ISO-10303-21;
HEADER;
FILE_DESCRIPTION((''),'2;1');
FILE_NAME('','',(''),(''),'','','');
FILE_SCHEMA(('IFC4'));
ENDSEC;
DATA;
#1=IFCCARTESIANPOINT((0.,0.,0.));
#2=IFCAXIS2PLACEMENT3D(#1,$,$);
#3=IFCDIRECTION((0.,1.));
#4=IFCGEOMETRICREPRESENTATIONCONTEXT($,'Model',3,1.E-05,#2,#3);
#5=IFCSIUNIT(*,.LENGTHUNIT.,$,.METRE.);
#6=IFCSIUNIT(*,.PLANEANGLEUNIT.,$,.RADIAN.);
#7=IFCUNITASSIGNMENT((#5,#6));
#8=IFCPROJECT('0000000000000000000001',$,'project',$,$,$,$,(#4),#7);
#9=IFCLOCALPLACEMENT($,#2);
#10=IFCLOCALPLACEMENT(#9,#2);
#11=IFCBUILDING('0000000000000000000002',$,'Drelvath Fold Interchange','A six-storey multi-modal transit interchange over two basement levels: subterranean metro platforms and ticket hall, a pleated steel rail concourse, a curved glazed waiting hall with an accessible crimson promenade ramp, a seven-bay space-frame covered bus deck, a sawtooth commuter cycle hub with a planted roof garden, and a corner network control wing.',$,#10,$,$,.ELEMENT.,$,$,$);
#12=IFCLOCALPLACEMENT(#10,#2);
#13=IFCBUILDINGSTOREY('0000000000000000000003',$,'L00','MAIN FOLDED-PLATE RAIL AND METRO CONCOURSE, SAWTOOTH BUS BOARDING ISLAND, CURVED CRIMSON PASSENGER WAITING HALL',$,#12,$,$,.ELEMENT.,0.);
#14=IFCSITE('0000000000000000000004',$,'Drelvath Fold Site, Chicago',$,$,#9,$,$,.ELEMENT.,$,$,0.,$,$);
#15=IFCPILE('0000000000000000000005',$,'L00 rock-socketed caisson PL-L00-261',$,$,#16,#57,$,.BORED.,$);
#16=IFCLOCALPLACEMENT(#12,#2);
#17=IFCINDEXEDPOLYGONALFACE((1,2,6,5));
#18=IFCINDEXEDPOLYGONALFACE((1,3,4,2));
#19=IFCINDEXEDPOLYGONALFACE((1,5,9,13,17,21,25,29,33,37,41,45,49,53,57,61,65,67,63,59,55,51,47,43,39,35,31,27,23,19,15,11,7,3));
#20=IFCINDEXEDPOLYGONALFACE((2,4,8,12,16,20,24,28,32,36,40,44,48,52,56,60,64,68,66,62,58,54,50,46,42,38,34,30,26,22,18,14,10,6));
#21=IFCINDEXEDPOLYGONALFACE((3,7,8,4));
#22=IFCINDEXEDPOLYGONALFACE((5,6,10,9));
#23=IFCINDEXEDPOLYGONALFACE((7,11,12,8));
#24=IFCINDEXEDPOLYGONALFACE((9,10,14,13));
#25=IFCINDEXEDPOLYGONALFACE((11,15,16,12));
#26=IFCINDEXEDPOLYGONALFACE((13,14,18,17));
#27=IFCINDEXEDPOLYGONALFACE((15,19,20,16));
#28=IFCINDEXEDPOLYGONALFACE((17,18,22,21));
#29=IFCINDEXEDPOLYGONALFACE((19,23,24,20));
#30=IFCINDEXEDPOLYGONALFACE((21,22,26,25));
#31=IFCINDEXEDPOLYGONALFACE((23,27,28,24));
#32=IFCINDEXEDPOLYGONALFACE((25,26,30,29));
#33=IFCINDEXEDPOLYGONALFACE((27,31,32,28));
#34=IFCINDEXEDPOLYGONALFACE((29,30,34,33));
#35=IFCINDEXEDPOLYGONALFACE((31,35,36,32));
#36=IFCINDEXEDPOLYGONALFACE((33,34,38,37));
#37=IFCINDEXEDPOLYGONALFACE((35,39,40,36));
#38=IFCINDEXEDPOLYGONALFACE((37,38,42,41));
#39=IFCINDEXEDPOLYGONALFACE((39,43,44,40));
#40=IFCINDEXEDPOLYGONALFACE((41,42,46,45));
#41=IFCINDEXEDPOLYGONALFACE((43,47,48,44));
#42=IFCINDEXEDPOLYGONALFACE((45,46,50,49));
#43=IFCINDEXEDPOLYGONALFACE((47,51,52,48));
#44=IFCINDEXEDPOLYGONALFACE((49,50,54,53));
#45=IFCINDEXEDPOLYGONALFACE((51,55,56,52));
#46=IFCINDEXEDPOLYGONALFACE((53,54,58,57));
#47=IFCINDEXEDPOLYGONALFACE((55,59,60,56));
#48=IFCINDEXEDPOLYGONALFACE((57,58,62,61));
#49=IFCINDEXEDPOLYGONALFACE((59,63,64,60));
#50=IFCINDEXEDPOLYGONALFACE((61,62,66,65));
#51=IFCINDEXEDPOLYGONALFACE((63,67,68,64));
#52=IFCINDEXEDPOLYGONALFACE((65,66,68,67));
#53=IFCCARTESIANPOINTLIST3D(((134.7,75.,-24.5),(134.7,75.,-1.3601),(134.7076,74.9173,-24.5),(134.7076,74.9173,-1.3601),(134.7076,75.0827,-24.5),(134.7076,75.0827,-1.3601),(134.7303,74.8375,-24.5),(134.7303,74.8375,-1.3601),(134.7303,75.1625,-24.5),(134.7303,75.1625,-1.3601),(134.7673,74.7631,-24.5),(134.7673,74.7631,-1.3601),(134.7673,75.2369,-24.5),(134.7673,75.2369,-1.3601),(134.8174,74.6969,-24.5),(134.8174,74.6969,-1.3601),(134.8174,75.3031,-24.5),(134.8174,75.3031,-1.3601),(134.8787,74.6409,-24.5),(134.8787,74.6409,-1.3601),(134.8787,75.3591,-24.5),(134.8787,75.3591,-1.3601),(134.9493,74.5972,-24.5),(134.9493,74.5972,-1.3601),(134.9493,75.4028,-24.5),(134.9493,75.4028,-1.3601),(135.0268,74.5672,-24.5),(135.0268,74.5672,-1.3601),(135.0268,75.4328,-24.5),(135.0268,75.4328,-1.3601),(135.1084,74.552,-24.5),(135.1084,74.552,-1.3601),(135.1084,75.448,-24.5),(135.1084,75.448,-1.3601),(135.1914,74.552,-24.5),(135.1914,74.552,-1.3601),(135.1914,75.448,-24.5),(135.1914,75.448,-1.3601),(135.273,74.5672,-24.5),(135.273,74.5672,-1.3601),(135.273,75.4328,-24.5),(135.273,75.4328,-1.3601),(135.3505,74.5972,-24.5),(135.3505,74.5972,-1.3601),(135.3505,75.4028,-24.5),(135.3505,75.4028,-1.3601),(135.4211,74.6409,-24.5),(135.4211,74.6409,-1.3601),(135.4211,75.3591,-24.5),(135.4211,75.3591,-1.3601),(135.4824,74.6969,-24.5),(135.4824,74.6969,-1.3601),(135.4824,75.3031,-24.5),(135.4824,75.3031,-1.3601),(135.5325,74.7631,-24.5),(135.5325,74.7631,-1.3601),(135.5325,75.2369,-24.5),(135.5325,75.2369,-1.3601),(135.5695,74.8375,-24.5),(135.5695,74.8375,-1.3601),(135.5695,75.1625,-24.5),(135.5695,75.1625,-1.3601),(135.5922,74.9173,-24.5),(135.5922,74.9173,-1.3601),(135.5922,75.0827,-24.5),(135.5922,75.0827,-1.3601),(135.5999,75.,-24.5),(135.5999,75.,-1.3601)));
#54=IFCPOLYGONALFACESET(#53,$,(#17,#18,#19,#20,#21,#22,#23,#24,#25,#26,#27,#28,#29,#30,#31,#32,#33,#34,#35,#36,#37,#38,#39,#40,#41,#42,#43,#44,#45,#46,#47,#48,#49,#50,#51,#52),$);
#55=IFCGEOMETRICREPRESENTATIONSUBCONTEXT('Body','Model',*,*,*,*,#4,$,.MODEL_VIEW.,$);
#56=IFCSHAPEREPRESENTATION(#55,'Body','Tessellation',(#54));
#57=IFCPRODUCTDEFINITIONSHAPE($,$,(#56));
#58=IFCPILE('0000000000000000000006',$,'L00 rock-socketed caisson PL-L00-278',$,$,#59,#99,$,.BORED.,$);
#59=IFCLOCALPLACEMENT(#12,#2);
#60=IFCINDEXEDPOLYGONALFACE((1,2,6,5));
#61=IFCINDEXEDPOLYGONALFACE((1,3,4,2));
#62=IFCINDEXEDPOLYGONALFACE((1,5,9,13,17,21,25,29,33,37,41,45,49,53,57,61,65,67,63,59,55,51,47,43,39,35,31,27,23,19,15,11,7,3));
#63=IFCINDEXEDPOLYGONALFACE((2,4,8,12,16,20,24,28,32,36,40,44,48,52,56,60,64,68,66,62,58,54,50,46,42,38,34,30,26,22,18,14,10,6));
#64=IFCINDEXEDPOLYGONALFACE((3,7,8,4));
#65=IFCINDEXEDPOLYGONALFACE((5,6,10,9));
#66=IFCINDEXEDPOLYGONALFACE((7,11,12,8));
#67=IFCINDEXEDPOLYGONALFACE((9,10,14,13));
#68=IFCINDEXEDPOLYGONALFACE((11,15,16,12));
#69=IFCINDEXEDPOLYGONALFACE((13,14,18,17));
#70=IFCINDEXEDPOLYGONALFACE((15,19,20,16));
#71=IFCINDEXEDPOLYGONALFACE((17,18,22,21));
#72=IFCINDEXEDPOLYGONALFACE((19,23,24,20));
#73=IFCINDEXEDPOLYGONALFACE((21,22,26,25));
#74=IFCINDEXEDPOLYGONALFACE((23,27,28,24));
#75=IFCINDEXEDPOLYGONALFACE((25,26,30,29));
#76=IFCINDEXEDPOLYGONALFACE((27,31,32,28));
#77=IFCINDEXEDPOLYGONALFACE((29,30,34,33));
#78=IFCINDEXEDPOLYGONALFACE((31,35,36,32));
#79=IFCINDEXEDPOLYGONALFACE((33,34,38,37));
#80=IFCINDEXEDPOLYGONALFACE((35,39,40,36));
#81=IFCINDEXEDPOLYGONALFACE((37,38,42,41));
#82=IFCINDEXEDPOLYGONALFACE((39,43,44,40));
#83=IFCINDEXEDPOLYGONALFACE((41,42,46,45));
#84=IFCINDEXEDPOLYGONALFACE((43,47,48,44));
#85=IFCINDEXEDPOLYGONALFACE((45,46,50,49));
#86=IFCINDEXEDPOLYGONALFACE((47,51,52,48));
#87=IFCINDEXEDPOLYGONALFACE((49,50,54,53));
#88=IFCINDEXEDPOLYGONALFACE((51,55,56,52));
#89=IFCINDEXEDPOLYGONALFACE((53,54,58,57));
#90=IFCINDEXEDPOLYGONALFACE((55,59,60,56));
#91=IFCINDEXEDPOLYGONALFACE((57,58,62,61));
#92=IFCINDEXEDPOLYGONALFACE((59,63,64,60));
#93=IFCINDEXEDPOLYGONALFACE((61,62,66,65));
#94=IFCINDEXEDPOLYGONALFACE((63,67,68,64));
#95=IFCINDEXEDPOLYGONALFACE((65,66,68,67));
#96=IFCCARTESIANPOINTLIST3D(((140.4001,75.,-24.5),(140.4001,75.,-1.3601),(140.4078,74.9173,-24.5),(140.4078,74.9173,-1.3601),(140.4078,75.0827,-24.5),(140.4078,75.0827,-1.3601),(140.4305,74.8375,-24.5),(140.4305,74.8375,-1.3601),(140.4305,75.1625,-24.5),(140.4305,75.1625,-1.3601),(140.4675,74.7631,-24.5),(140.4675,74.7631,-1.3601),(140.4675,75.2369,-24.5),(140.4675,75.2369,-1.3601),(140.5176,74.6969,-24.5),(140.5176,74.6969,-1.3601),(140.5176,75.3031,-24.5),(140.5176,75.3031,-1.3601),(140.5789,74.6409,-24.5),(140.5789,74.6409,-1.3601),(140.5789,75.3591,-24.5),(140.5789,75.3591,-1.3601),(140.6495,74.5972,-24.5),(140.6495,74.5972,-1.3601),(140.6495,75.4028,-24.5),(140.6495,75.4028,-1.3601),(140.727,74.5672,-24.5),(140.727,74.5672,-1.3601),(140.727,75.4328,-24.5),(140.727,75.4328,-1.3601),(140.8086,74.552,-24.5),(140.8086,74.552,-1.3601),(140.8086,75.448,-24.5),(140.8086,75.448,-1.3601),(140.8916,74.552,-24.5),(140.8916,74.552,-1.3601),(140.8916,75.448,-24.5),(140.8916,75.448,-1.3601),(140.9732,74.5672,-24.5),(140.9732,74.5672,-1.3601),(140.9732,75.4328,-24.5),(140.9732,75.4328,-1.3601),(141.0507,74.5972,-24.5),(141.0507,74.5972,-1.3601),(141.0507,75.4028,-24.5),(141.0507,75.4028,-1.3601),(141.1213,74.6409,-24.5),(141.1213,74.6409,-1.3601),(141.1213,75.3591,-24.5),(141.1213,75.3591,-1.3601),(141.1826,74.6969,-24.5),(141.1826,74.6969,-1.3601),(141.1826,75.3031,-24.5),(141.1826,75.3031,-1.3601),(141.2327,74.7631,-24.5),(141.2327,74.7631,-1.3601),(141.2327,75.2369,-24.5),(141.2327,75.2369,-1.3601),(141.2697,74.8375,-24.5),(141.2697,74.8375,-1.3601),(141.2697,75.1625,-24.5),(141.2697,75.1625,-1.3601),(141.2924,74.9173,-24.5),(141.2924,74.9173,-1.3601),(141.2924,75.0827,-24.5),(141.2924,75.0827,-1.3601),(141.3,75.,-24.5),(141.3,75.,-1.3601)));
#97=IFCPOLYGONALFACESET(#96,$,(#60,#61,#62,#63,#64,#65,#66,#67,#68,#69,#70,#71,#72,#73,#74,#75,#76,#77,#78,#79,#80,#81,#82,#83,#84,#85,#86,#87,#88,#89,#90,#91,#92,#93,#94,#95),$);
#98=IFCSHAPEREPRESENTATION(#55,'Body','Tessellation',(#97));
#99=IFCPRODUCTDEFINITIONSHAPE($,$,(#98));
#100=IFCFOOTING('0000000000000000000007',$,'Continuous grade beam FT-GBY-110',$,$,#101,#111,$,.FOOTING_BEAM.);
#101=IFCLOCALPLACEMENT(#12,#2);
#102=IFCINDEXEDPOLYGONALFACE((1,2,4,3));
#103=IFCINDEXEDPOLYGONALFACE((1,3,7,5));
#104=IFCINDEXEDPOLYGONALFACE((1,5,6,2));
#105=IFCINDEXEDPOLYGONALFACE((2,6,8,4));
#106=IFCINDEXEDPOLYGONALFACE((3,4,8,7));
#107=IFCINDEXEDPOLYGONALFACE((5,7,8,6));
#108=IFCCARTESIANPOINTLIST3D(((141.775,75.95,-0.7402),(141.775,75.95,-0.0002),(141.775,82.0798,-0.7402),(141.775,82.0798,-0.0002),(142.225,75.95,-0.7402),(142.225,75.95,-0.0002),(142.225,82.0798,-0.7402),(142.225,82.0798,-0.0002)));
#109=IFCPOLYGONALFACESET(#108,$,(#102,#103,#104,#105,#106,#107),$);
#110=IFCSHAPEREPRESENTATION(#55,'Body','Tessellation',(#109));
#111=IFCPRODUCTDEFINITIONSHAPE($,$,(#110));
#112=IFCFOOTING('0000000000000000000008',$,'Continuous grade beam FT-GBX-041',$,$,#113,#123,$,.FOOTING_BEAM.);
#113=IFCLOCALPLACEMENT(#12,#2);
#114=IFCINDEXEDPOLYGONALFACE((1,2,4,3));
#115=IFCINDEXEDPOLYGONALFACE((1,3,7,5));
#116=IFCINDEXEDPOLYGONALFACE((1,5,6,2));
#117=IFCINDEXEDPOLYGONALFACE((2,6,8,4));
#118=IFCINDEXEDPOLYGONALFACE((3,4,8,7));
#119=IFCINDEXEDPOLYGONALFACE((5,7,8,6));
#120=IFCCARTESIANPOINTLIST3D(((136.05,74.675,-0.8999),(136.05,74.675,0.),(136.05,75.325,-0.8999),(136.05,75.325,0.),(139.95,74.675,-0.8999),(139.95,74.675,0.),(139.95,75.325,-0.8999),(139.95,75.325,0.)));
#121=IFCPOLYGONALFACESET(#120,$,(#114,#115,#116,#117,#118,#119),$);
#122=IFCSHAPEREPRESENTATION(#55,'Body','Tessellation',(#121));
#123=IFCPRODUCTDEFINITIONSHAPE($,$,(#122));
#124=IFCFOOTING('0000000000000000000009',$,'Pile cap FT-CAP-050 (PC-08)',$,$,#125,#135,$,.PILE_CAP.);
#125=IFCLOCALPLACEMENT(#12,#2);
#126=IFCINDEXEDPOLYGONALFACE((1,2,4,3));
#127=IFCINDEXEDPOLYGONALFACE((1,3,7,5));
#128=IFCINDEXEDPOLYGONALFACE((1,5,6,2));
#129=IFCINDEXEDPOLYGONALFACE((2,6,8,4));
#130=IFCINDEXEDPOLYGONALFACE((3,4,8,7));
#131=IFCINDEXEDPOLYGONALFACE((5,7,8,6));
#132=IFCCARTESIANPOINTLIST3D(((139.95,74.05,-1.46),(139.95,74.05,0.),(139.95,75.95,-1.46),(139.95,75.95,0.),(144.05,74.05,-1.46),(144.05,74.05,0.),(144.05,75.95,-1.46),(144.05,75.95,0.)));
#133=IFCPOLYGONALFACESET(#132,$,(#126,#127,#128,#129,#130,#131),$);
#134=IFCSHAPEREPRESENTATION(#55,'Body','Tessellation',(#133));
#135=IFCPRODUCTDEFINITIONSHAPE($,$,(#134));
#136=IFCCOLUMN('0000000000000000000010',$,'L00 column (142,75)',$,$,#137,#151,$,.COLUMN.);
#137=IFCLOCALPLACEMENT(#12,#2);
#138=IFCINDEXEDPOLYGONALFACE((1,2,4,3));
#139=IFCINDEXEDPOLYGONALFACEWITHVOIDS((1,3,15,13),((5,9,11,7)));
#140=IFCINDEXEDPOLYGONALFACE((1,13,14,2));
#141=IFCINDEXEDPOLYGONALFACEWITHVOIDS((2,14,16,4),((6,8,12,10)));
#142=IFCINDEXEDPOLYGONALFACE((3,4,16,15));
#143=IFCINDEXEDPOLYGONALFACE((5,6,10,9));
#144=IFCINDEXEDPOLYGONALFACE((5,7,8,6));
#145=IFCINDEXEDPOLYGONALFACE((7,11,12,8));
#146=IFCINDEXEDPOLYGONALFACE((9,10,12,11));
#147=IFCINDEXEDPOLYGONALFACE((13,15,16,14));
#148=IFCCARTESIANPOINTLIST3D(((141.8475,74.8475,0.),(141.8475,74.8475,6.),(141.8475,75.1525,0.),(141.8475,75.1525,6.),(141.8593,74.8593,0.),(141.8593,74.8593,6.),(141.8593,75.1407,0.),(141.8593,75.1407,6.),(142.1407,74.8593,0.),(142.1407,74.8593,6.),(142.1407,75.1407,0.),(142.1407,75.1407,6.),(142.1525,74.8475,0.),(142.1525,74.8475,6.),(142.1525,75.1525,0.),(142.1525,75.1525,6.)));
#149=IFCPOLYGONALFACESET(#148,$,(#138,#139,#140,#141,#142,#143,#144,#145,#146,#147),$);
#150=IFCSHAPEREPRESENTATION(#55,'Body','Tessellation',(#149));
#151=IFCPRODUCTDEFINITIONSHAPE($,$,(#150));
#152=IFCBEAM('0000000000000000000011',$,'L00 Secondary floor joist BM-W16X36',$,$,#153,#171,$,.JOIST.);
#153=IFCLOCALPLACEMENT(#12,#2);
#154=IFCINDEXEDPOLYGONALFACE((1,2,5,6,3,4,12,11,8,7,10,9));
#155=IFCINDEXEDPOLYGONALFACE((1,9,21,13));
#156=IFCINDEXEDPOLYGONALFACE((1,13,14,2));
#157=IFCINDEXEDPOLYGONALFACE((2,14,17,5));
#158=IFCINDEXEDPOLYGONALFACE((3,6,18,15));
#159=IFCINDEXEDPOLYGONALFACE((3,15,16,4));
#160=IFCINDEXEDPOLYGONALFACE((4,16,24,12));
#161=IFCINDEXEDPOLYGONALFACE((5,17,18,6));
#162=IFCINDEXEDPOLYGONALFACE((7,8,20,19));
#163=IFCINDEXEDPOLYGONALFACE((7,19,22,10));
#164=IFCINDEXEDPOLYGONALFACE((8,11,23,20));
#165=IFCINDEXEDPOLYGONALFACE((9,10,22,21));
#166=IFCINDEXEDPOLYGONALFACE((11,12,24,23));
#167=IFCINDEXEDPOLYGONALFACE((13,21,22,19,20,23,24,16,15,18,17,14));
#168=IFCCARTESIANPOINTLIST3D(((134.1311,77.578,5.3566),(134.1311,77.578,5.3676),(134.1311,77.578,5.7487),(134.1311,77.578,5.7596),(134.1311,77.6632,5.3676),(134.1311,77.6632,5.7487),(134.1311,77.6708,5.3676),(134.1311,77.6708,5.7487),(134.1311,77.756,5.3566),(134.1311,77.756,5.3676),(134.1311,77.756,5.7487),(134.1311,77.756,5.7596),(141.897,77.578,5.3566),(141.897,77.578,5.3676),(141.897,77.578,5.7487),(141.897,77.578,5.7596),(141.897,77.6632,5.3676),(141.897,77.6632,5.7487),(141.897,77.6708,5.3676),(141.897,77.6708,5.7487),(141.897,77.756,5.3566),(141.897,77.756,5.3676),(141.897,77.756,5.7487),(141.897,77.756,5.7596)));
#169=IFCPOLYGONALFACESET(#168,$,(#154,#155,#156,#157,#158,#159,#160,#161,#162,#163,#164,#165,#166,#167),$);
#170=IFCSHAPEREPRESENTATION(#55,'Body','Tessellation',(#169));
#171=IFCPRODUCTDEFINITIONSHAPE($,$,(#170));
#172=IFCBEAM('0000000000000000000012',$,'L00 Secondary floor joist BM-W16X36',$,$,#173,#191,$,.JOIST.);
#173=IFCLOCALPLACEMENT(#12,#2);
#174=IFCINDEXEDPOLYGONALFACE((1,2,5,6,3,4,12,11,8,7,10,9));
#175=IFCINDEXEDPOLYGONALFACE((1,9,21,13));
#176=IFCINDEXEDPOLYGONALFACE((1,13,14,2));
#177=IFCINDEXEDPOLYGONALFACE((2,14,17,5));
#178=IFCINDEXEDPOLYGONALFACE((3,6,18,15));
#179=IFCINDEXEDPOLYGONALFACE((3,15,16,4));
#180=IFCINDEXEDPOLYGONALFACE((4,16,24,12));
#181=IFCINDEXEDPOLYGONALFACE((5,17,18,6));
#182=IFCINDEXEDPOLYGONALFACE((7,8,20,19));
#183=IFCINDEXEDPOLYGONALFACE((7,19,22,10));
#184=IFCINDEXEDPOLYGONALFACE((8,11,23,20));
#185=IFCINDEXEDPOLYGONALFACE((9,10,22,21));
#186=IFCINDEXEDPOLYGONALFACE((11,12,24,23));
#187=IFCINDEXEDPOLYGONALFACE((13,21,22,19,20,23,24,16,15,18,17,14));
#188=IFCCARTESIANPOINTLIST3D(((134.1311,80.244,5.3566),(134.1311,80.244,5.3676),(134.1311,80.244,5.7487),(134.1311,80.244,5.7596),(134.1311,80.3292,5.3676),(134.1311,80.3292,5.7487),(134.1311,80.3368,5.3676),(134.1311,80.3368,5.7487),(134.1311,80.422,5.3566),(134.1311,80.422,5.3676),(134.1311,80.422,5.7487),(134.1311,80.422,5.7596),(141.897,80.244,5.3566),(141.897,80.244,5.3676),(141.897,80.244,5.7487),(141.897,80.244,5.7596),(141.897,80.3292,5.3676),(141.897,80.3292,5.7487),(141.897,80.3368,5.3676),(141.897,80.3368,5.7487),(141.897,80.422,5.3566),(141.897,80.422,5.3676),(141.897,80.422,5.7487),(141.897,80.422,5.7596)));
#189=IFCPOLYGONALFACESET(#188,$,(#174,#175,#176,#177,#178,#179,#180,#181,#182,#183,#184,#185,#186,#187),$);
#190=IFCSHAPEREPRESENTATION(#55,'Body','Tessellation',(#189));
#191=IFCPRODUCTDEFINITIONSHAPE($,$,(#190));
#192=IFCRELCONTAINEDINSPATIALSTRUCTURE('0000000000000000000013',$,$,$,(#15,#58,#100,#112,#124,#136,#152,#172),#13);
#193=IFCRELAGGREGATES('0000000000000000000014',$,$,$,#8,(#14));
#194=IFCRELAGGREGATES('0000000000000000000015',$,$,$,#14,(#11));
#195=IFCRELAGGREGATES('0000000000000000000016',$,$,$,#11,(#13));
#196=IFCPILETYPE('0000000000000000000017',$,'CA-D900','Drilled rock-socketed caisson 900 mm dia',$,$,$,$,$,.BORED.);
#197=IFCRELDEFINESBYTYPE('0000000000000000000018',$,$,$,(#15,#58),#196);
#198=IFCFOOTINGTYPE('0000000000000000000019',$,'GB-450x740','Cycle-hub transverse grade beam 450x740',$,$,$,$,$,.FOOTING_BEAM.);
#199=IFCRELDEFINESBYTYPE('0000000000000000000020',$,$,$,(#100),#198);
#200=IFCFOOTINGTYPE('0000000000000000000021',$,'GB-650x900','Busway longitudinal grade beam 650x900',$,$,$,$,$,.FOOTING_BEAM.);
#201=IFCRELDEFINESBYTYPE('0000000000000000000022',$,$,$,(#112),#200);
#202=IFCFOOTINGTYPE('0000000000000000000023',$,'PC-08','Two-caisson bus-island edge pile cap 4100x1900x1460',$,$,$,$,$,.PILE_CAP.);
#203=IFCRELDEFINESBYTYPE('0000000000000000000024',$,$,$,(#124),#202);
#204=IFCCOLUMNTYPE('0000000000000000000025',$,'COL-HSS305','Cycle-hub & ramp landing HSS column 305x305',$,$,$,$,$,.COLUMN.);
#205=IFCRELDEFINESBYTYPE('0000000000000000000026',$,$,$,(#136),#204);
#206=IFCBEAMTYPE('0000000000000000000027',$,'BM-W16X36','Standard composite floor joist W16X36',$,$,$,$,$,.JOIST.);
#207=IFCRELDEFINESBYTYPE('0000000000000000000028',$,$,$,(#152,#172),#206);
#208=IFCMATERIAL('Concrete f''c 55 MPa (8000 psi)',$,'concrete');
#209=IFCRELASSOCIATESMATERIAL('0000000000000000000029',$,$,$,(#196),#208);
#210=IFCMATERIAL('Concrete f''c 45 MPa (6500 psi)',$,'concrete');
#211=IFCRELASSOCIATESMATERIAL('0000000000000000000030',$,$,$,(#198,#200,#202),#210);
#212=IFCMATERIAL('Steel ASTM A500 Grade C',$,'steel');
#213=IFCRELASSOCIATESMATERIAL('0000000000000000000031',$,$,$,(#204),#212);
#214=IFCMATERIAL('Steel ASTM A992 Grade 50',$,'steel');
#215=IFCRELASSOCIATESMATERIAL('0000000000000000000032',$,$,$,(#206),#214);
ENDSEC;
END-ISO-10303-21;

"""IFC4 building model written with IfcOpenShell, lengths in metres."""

from ifc_helpers import new_model, si_unit, direction, frame, origin, origin_2d, place, context, subcontext, project, spatial, rectangle, hollow_rectangle, circle, i_section, extrude, material, material_profile, profile_set, type_object, element, save


model = new_model("IFC4")

# Units and contexts
model_context = context("Model", 3, precision=1e-05, world=origin(), true_north=direction((0.0, 1.0)))
body_context = subcontext(model_context, "Body", "Model", "MODEL_VIEW")
ifc_project = project(units=[si_unit("LENGTHUNIT", "METRE"), si_unit("PLANEANGLEUNIT", "RADIAN")], contexts=[model_context])

# Site, building, storey
site_placement = place(None, origin())
site = spatial("IfcSite", under=ifc_project, at=site_placement, Name="Drelvath Fold Site, Chicago", CompositionType="ELEMENT", RefElevation=0.0)
building_placement = place(site_placement, origin())
building = spatial("IfcBuilding", under=site, at=building_placement, Name="Drelvath Fold Interchange", Description="A six-storey multi-modal transit interchange over two basement levels: subterranean metro platforms and ticket hall, a pleated steel rail concourse, a curved glazed waiting hall with an accessible crimson promenade ramp, a seven-bay space-frame covered bus deck, a sawtooth commuter cycle hub with a planted roof garden, and a corner network control wing.", CompositionType="ELEMENT")
storey_placement = place(building_placement, origin())
storey = spatial("IfcBuildingStorey", under=building, at=storey_placement, Name="L00", Description="MAIN FOLDED-PLATE RAIL AND METRO CONCOURSE, SAWTOOTH BUS BOARDING ISLAND, CURVED CRIMSON PASSENGER WAITING HALL", CompositionType="ELEMENT", Elevation=0.0)

# Piles
ifc_material_1 = material(Name="Concrete f'c 55 MPa (8000 psi)", Category="concrete")
ifc_material_profile_1 = material_profile(ifc_material_1, circle(Radius=0.45, at=origin_2d()), Name="CAISSON D900")
ifc_profile_set_1 = profile_set([ifc_material_profile_1], Name="Concrete f'c 55 MPa (8000 psi)")
pile_type = type_object("IfcPileType", Name="CA-D900", Description="Drilled rock-socketed caisson 900 mm dia", PredefinedType="BORED", material=ifc_profile_set_1)
for number, where, z_axis, x_axis, name in (
    (1, (135.1499, 75.0, -1.3601), (0.0, 0.0, -1.0), (1.0, 0.0, 0.0), "L00 rock-socketed caisson PL-L00-261"),
    (2, (140.8501, 75.0, -1.3601), (0.0, 0.0, -1.0), (1.0, 0.0, 0.0), "L00 rock-socketed caisson PL-L00-278"),
):
    element("IfcPile", number, at=place(storey_placement, frame(where, z_axis=z_axis, x_axis=x_axis)), inside=storey, type_object=pile_type, Name=name, PredefinedType="BORED", context=body_context, shape_type="SweptSolid", body=[
        extrude(circle(Radius=0.45, at=origin_2d()), origin(), (0.0, 0.0, 1.0), 23.1399),
    ])

# Footings
ifc_material_2 = material(Name="Concrete f'c 45 MPa (6500 psi)", Category="concrete")
footing_type_1 = type_object("IfcFootingType", Name="GB-450x740", Description="Cycle-hub transverse grade beam 450x740", PredefinedType="FOOTING_BEAM", material=ifc_material_2)
footing_1_placement = place(storey_placement, frame((142.0, 79.0149, -0.7402), z_axis=(0.0, 0.0, 1.0), x_axis=(1.0, 0.0, 0.0)))
element("IfcFooting", 3, at=footing_1_placement, inside=storey, type_object=footing_type_1, Name="Continuous grade beam FT-GBY-110", PredefinedType="FOOTING_BEAM", context=body_context, shape_type="SweptSolid", body=[
    extrude(rectangle(XDim=0.45, YDim=6.1299, at=origin_2d()), origin(), (0.0, 0.0, 1.0), 0.74),
])
footing_type_2 = type_object("IfcFootingType", Name="GB-650x900", Description="Busway longitudinal grade beam 650x900", PredefinedType="FOOTING_BEAM", material=ifc_material_2)
footing_2_placement = place(storey_placement, frame((138.0, 75.0, -0.8999), z_axis=(0.0, 0.0, 1.0), x_axis=(1.0, 0.0, 0.0)))
element("IfcFooting", 4, at=footing_2_placement, inside=storey, type_object=footing_type_2, Name="Continuous grade beam FT-GBX-041", PredefinedType="FOOTING_BEAM", context=body_context, shape_type="SweptSolid", body=[
    extrude(rectangle(XDim=3.8999, YDim=0.6499, at=origin_2d()), origin(), (0.0, 0.0, 1.0), 0.8999),
])
footing_type_3 = type_object("IfcFootingType", Name="PC-08", Description="Two-caisson bus-island edge pile cap 4100x1900x1460", PredefinedType="PILE_CAP", material=ifc_material_2)
footing_3_placement = place(storey_placement, frame((142.0, 75.0, -1.46), z_axis=(0.0, 0.0, 1.0), x_axis=(1.0, 0.0, 0.0)))
element("IfcFooting", 5, at=footing_3_placement, inside=storey, type_object=footing_type_3, Name="Pile cap FT-CAP-050 (PC-08)", PredefinedType="PILE_CAP", context=body_context, shape_type="SweptSolid", body=[
    extrude(rectangle(XDim=4.1001, YDim=1.8999, at=origin_2d()), origin(), (0.0, 0.0, 1.0), 1.46),
])

# Column
ifc_material_3 = material(Name="Steel ASTM A500 Grade C", Category="steel")
ifc_material_profile_2 = material_profile(ifc_material_3, hollow_rectangle(XDim=0.3049, YDim=0.3049, WallThickness=0.0117, at=origin_2d()), Name="HSS12X12X1/2")
ifc_profile_set_2 = profile_set([ifc_material_profile_2], Name="Steel ASTM A500 Grade C")
column_type = type_object("IfcColumnType", Name="COL-HSS305", Description="Cycle-hub & ramp landing HSS column 305x305", PredefinedType="COLUMN", material=ifc_profile_set_2)
column_placement = place(storey_placement, frame((142.0, 75.0, 0.0), z_axis=(0.0, 0.0, 1.0), x_axis=(1.0, 0.0, 0.0)))
element("IfcColumn", 6, at=column_placement, inside=storey, type_object=column_type, Name="L00 column (142,75)", PredefinedType="COLUMN", context=body_context, shape_type="SweptSolid", body=[
    extrude(hollow_rectangle(XDim=0.3049, YDim=0.3049, WallThickness=0.0117, at=origin_2d()), origin(), (0.0, 0.0, 1.0), 6.0),
])

# Beams
ifc_material_4 = material(Name="Steel ASTM A992 Grade 50", Category="steel")
ifc_material_profile_3 = material_profile(ifc_material_4, i_section(OverallWidth=0.178, OverallDepth=0.4031, WebThickness=0.0076, FlangeThickness=0.011, at=origin_2d()), Name="W16X36")
ifc_profile_set_3 = profile_set([ifc_material_profile_3], Name="Steel ASTM A992 Grade 50")
beam_type_1 = type_object("IfcBeamType", Name="BM-W16X36", Description="Standard composite floor joist W16X36", PredefinedType="JOIST", material=ifc_profile_set_3)
for number, where, z_axis, x_axis, name in (
    (7, (134.1311, 77.667, 5.5581), (1.0, 0.0, 0.0), (0.0, 1.0, 0.0), "L00 Secondary floor joist BM-W16X36"),
    (8, (134.1311, 80.333, 5.5581), (1.0, 0.0, 0.0), (0.0, 1.0, 0.0), "L00 Secondary floor joist BM-W16X36"),
):
    element("IfcBeam", number, at=place(storey_placement, frame(where, z_axis=z_axis, x_axis=x_axis)), inside=storey, type_object=beam_type_1, Name=name, PredefinedType="JOIST", context=body_context, shape_type="SweptSolid", body=[
        extrude(i_section(OverallWidth=0.178, OverallDepth=0.4031, WebThickness=0.0076, FlangeThickness=0.011, at=origin_2d()), origin(), (0.0, 0.0, 1.0), 7.7659),
    ])

save(model, "model.ifc")
